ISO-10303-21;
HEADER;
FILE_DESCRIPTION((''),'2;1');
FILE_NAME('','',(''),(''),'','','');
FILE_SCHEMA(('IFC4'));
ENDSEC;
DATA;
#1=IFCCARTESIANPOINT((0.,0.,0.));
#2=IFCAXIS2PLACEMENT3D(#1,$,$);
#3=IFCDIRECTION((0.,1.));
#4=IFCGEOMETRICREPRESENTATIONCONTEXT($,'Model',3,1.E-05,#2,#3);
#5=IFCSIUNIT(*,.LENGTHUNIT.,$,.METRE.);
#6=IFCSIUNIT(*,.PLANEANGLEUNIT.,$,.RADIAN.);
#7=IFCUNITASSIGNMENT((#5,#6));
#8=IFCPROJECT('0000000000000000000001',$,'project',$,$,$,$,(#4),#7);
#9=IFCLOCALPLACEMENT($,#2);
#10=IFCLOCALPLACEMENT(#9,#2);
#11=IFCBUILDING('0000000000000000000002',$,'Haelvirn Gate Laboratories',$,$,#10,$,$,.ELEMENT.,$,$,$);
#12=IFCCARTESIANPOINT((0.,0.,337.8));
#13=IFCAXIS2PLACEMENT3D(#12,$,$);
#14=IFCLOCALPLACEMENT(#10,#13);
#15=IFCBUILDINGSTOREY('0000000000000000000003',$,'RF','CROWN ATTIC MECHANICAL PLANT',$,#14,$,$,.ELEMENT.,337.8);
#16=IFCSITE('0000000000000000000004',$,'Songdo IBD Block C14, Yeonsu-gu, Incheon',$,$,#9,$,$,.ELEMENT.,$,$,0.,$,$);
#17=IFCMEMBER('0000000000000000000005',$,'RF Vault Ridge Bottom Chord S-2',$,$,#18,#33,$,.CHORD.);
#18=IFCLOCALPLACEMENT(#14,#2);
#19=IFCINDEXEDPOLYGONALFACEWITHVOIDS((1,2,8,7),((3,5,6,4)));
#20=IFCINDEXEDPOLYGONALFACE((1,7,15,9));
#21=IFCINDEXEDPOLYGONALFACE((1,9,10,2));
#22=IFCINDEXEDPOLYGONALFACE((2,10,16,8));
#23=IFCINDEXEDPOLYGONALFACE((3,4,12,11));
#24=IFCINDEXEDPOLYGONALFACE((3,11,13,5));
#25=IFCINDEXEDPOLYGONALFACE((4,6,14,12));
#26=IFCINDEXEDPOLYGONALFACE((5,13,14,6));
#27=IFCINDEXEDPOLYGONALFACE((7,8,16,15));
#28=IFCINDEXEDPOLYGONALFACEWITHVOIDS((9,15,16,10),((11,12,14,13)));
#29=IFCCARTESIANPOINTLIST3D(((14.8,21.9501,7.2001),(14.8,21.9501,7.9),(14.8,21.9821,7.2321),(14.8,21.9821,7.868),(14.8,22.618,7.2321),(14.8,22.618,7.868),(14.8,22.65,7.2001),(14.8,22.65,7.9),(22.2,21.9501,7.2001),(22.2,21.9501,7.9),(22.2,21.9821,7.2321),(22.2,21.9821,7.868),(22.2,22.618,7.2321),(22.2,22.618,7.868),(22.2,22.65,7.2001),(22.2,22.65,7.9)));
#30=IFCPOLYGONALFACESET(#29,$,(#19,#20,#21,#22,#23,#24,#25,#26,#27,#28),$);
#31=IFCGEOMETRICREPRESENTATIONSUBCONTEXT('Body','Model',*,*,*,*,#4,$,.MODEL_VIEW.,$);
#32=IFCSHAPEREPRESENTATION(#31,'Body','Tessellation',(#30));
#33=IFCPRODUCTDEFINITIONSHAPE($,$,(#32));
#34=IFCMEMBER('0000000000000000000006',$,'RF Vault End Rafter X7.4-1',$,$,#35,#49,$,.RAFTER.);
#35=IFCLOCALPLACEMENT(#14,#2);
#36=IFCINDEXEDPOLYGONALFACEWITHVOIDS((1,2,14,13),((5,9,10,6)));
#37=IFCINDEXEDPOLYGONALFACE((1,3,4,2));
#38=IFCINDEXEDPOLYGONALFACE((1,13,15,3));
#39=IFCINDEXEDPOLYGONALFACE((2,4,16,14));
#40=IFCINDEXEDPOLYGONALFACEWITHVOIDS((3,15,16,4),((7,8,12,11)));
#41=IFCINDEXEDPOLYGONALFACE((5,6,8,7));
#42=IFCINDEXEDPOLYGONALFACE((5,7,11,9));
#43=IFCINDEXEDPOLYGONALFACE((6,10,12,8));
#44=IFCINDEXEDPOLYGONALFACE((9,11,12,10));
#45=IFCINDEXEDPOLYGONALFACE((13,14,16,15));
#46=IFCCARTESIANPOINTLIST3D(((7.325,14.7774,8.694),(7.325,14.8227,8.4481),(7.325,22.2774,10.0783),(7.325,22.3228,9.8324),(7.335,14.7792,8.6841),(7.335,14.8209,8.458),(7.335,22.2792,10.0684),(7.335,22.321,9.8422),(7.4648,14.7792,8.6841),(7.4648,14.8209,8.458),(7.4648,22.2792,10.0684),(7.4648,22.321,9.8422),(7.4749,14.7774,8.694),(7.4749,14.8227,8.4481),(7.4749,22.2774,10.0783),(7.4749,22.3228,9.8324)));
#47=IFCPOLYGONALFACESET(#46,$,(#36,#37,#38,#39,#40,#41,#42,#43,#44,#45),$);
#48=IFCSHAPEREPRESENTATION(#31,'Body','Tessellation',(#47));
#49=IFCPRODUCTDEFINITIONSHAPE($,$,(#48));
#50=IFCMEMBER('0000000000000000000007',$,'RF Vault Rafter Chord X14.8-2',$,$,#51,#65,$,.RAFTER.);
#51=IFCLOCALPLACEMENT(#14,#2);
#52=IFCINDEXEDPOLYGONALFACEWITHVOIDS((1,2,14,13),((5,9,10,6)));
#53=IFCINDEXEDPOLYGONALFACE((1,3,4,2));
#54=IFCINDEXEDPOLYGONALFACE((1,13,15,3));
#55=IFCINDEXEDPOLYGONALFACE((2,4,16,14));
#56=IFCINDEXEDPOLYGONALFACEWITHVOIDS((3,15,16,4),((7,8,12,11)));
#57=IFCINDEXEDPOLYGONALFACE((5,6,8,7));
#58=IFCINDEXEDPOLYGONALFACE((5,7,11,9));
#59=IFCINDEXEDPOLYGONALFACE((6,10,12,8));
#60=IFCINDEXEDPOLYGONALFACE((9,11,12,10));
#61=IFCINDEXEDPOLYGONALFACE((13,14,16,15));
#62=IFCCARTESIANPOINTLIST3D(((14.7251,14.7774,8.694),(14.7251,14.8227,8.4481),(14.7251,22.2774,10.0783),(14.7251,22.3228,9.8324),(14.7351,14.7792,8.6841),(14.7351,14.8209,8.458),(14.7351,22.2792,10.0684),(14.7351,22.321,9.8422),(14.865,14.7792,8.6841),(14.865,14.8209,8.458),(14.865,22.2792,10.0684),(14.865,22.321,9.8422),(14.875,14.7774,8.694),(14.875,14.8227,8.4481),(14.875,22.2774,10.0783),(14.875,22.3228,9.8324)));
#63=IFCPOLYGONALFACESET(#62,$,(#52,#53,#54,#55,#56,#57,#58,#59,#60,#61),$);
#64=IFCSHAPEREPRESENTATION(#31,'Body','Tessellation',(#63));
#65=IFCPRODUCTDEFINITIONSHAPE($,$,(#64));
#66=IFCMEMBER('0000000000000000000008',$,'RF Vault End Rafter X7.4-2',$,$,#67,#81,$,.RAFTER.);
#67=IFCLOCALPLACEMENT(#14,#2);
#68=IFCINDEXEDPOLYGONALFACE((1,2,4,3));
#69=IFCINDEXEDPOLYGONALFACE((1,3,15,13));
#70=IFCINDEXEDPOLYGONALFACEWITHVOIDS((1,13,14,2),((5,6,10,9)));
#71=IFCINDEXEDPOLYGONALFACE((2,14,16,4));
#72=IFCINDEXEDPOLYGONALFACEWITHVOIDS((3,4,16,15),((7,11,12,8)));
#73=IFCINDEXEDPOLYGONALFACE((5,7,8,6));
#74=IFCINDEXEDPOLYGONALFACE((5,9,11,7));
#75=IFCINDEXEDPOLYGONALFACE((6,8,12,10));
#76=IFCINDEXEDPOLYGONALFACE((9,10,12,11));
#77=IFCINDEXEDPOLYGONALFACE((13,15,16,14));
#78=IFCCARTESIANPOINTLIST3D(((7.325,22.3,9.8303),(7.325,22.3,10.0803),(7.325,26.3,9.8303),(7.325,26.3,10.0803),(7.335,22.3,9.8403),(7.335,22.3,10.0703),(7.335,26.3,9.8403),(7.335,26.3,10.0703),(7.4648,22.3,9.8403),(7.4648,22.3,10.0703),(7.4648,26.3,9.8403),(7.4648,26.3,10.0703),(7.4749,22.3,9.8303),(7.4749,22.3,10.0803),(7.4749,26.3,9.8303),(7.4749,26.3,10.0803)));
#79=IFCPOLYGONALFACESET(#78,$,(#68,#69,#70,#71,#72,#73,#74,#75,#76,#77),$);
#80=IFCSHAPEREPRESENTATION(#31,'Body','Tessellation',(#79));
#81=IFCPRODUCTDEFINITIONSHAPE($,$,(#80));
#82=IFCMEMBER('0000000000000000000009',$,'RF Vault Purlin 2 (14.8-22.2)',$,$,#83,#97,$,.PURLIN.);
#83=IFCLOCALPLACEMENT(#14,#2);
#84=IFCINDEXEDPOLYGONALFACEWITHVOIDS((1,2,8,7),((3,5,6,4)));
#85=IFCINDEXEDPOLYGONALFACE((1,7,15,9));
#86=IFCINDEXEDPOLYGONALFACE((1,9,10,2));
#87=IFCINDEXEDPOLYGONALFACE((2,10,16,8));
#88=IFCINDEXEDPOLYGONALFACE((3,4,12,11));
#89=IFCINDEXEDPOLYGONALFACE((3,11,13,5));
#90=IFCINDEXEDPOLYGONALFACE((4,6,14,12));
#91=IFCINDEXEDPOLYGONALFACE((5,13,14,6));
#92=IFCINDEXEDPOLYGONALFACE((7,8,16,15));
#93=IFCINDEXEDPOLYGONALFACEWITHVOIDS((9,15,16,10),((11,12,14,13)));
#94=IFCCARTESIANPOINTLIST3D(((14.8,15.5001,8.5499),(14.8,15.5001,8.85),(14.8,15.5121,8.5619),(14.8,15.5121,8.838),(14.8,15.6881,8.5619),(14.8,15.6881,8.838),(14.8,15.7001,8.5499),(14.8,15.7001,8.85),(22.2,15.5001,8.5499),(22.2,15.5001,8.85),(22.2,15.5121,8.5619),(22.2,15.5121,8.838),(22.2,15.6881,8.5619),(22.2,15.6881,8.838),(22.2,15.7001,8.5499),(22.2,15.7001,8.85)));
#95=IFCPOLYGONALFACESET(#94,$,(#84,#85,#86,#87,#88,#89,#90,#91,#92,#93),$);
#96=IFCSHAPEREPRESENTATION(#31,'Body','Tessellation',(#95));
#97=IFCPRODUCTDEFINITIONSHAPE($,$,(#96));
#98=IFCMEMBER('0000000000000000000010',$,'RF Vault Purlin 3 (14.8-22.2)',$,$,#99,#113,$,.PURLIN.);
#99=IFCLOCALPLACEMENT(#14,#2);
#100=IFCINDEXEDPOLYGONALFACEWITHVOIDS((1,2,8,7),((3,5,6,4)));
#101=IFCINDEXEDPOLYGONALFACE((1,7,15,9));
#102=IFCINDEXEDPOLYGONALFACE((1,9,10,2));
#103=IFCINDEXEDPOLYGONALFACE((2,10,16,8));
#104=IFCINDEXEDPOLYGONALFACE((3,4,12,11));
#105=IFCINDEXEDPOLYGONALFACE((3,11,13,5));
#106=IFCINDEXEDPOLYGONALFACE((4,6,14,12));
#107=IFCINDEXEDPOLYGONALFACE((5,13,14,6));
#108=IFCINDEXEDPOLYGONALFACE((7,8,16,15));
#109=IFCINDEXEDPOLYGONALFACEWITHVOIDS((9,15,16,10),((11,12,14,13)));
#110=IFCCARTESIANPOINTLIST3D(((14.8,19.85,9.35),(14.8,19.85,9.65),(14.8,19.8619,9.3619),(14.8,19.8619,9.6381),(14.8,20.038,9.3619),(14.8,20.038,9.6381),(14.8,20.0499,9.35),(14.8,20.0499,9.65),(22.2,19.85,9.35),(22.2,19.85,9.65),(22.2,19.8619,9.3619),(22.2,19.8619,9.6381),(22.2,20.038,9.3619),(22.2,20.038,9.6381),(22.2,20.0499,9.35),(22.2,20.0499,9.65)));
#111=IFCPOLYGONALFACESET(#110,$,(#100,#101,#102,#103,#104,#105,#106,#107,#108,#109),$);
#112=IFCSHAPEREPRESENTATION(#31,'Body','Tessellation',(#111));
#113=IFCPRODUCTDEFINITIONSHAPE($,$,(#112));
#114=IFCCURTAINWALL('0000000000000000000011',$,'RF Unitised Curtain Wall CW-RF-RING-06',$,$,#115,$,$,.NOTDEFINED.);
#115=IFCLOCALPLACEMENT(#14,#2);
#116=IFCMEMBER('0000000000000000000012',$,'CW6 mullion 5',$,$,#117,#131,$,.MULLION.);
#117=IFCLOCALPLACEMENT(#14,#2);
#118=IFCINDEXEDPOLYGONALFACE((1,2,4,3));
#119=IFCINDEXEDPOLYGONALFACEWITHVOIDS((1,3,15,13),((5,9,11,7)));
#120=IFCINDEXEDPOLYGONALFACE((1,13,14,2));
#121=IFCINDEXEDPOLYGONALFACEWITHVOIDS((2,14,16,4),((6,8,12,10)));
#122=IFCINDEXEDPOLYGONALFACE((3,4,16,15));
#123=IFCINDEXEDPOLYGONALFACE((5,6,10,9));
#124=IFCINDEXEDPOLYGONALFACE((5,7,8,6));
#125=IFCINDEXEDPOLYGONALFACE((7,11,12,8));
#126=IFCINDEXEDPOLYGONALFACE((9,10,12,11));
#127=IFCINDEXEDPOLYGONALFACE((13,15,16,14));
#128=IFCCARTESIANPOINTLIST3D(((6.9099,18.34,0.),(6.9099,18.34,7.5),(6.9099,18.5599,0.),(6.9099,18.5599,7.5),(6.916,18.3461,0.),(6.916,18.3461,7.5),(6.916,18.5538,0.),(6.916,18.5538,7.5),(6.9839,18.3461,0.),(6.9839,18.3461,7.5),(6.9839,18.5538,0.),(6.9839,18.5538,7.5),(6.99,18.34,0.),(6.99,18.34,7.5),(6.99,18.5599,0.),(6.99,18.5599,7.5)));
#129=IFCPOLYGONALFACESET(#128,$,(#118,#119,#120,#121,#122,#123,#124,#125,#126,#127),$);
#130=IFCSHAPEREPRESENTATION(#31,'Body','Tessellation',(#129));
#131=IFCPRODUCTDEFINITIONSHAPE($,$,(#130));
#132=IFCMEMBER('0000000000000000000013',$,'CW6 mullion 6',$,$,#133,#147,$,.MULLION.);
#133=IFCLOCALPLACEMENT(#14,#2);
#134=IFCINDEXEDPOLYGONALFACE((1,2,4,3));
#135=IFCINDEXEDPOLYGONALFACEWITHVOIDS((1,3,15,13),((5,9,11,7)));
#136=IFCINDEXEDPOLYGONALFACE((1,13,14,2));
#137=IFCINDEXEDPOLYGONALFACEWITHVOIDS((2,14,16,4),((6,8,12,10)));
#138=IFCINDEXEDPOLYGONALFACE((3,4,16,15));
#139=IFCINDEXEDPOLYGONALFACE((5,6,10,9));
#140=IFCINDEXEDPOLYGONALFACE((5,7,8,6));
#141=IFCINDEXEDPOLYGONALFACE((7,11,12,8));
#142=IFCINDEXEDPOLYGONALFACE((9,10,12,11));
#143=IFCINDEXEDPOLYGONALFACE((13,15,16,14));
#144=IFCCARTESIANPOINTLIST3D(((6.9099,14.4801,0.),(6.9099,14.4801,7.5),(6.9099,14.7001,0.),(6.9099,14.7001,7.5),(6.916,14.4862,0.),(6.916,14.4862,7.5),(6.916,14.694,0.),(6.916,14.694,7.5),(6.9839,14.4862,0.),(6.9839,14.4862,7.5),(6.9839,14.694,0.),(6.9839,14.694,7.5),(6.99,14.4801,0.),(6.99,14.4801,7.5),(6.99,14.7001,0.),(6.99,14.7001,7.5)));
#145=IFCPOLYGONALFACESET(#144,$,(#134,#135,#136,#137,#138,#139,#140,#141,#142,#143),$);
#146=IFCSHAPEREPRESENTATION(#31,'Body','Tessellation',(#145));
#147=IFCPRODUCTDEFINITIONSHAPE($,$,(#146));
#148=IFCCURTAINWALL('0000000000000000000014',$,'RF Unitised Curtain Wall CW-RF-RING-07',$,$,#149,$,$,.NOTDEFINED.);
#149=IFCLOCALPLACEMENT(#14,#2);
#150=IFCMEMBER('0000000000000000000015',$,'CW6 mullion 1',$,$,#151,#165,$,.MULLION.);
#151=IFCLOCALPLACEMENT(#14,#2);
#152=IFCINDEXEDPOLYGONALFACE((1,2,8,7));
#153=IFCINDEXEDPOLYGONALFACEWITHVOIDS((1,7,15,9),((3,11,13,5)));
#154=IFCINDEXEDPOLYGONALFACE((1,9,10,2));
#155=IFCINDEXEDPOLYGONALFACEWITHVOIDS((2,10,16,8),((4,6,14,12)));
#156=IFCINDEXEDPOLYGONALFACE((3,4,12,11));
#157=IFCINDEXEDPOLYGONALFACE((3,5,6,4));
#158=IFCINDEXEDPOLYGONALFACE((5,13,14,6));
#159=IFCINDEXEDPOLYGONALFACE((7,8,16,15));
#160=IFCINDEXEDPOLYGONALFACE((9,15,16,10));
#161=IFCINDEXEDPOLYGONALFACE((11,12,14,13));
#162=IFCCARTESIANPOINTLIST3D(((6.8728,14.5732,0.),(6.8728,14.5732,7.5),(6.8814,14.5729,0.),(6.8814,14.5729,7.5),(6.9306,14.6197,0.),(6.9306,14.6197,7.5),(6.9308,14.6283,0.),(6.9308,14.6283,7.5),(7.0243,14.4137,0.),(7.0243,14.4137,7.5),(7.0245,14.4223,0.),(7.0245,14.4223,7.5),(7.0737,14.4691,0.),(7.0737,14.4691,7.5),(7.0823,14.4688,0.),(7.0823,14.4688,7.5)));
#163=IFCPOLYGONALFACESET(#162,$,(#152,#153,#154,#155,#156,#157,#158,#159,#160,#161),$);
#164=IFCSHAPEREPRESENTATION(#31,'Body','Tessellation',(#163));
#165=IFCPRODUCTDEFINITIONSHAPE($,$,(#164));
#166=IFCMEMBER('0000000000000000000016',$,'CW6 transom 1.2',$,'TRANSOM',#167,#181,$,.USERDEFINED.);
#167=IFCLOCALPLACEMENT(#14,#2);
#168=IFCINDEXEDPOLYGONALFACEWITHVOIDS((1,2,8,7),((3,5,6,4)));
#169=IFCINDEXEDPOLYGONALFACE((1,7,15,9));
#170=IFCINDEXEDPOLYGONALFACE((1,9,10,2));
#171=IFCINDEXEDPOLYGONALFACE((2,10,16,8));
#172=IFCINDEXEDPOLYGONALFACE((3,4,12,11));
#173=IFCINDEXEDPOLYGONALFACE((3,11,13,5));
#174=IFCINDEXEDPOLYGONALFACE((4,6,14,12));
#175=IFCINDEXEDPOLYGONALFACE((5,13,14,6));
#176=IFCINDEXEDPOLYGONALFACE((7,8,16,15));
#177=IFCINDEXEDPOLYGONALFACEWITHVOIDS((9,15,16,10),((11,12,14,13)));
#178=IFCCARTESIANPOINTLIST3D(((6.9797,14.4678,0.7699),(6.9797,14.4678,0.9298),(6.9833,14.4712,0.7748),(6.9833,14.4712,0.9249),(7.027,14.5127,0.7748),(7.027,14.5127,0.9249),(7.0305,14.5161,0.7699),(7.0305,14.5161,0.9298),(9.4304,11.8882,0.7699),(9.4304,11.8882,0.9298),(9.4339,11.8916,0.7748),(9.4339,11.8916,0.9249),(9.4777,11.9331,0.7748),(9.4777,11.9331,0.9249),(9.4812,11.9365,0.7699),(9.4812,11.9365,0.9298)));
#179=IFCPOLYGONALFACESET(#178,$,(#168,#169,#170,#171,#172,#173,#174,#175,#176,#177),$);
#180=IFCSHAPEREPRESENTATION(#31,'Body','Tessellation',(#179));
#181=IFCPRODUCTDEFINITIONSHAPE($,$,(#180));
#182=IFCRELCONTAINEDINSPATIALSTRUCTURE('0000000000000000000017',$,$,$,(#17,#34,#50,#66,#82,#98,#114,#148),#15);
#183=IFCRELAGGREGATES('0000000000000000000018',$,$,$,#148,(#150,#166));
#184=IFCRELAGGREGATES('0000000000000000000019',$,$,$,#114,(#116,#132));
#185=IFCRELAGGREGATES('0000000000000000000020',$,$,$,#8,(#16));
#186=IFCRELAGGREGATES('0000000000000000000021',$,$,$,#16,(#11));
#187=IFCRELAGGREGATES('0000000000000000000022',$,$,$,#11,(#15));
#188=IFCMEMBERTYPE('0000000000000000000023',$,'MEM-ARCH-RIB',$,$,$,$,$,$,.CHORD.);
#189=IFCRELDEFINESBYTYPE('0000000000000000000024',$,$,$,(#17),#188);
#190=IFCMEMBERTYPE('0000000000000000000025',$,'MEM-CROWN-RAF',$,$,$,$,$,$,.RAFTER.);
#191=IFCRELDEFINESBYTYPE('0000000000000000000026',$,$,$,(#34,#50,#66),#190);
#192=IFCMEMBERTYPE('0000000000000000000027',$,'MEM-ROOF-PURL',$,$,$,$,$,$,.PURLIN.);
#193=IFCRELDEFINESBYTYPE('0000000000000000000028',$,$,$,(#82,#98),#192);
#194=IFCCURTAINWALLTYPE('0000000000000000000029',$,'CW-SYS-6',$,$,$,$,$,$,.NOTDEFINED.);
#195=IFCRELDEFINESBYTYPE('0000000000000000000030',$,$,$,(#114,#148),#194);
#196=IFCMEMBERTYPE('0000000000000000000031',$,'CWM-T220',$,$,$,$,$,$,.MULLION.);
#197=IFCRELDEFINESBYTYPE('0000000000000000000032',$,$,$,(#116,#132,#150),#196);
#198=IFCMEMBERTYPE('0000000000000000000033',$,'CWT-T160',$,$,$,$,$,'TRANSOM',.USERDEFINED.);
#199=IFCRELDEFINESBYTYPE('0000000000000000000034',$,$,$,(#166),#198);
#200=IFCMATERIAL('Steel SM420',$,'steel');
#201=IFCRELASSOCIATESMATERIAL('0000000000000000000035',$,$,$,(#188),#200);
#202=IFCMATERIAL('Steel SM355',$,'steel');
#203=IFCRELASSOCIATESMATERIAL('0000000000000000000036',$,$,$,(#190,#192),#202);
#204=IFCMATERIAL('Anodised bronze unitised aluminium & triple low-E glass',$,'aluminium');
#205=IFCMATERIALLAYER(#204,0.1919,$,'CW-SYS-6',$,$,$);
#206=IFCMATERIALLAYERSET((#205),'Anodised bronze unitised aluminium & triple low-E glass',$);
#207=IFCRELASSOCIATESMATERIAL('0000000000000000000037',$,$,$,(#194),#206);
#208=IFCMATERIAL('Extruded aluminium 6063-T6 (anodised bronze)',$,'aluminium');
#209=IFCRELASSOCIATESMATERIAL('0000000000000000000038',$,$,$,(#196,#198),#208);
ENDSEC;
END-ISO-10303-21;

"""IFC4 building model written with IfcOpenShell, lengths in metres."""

from ifc_helpers import new_model, si_unit, direction, frame, origin, origin_2d, place, context, subcontext, project, spatial, hollow_rectangle, extrude, source, transform, mapped, material, layer, layer_set, material_profile, profile_set, type_object, type_shapes, element, aggregate, save


model = new_model("IFC4")

# Units and contexts
model_context = context("Model", 3, precision=1e-05, world=origin(), true_north=direction((0.0, 1.0)))
body_context = subcontext(model_context, "Body", "Model", "MODEL_VIEW")
ifc_project = project(units=[si_unit("LENGTHUNIT", "METRE"), si_unit("PLANEANGLEUNIT", "RADIAN")], contexts=[model_context])

# Site, building, storey
site_placement = place(None, origin())
site = spatial("IfcSite", under=ifc_project, at=site_placement, Name="Songdo IBD Block C14, Yeonsu-gu, Incheon", CompositionType="ELEMENT", RefElevation=0.0)
building_placement = place(site_placement, origin())
building = spatial("IfcBuilding", under=site, at=building_placement, Name="Haelvirn Gate Laboratories", CompositionType="ELEMENT")
storey_placement = place(building_placement, frame((0.0, 0.0, 337.8)))
storey = spatial("IfcBuildingStorey", under=building, at=storey_placement, Name="RF", Description="CROWN ATTIC MECHANICAL PLANT", CompositionType="ELEMENT", Elevation=337.8)

# Shared definitions
ifc_material_1 = material(Name="Steel SM355", Category="steel")

# Shared definitions
ifc_material_2 = material(Name="Steel SM420", Category="steel")

# Members
ifc_material_profile_1 = material_profile(ifc_material_2, hollow_rectangle(XDim=0.7, YDim=0.7, WallThickness=0.032, at=origin_2d()), Name="BOX-700x700x32")
ifc_profile_set_1 = profile_set([ifc_material_profile_1], Name="Steel SM420")
member_type_1 = type_object("IfcMemberType", Name="MEM-ARCH-RIB", PredefinedType="CHORD", material=ifc_profile_set_1)
shared_shape_1 = source(origin(), body_context, "Body", "SweptSolid", [
    extrude(hollow_rectangle(XDim=0.7, YDim=0.7, WallThickness=0.032, at=origin_2d()), origin(), (0.0, 0.0, 1.0), 7.3999),
])
for number, where, z_axis, x_axis, name in (
    (1, (14.8, 22.3, 7.55), (1.0, 0.0, 0.0), (0.0, 1.0, 0.0), "RF Vault Ridge Bottom Chord S-2"),
):
    element("IfcMember", number, at=place(storey_placement, frame(where, z_axis=z_axis, x_axis=x_axis)), inside=storey, type_object=member_type_1, Name=name, PredefinedType="CHORD", context=body_context, shape_type="MappedRepresentation", body=[
        mapped(shared_shape_1, transform((0.0, 0.0, 0.0), scale=1.0)),
    ])
ifc_material_profile_2 = material_profile(ifc_material_1, hollow_rectangle(XDim=0.1499, YDim=0.25, WallThickness=0.01, at=origin_2d()), Name="RHS-250x150x10")
ifc_profile_set_2 = profile_set([ifc_material_profile_2], Name="Steel SM355")
member_type_2 = type_object("IfcMemberType", Name="MEM-CROWN-RAF", PredefinedType="RAFTER", material=ifc_profile_set_2)
shared_shape_2 = source(origin(), body_context, "Body", "SweptSolid", [
    extrude(hollow_rectangle(XDim=0.1499, YDim=0.25, WallThickness=0.01, at=origin_2d()), origin(), (0.0, 0.0, 1.0), 7.6267),
])
for number, where, z_axis, x_axis, name in (
    (2, (7.3999, 14.8, 8.571), (0.0, 0.98339, 0.181505), (-1.0, 0.0, 0.0), "RF Vault End Rafter X7.4-1"),
    (3, (14.8, 14.8, 8.571), (0.0, 0.98339, 0.181505), (-1.0, 0.0, 0.0), "RF Vault Rafter Chord X14.8-2"),
):
    element("IfcMember", number, at=place(storey_placement, frame(where, z_axis=z_axis, x_axis=x_axis)), inside=storey, type_object=member_type_2, Name=name, PredefinedType="RAFTER", context=body_context, shape_type="MappedRepresentation", body=[
        mapped(shared_shape_2, transform((0.0, 0.0, 0.0), scale=1.0)),
    ])
shared_shape_3 = source(origin(), body_context, "Body", "SweptSolid", [
    extrude(hollow_rectangle(XDim=0.1499, YDim=0.25, WallThickness=0.01, at=origin_2d()), origin(), (0.0, 0.0, 1.0), 4.0),
])
type_shapes(member_type_2, [shared_shape_2, shared_shape_3])
member_1_placement = place(storey_placement, frame((7.3999, 22.3, 9.9553), z_axis=(0.0, 1.0, 0.0), x_axis=(-1.0, 0.0, 0.0)))
element("IfcMember", 4, at=member_1_placement, inside=storey, type_object=member_type_2, Name="RF Vault End Rafter X7.4-2", PredefinedType="RAFTER", context=body_context, shape_type="MappedRepresentation", body=[
    mapped(shared_shape_3, transform((0.0, 0.0, 0.0), scale=1.0)),
])
ifc_material_profile_3 = material_profile(ifc_material_1, hollow_rectangle(XDim=0.2, YDim=0.3, WallThickness=0.012, at=origin_2d()), Name="RHS-300x200x12")
ifc_profile_set_3 = profile_set([ifc_material_profile_3], Name="Steel SM355")
member_type_3 = type_object("IfcMemberType", Name="MEM-ROOF-PURL", PredefinedType="PURLIN", material=ifc_profile_set_3)
shared_shape_4 = source(origin(), body_context, "Body", "SweptSolid", [
    extrude(hollow_rectangle(XDim=0.2, YDim=0.3, WallThickness=0.012, at=origin_2d()), origin(), (0.0, 0.0, 1.0), 7.3999),
])
type_shapes(member_type_3, [shared_shape_4])
for number, where, z_axis, x_axis, name in (
    (5, (14.8, 15.6001, 8.7), (1.0, 0.0, 0.0), (0.0, 1.0, 0.0), "RF Vault Purlin 2 (14.8-22.2)"),
    (6, (14.8, 19.95, 9.5), (1.0, 0.0, 0.0), (0.0, 1.0, 0.0), "RF Vault Purlin 3 (14.8-22.2)"),
):
    element("IfcMember", number, at=place(storey_placement, frame(where, z_axis=z_axis, x_axis=x_axis)), inside=storey, type_object=member_type_3, Name=name, PredefinedType="PURLIN", context=body_context, shape_type="MappedRepresentation", body=[
        mapped(shared_shape_4, transform((0.0, 0.0, 0.0), scale=1.0)),
    ])

# Curtain walls, members
ifc_material_3 = material(Name="Anodised bronze unitised aluminium & triple low-E glass", Category="aluminium")
ifc_layer_1 = layer(ifc_material_3, 0.1919, Name="CW-SYS-6")
ifc_layer_set_1 = layer_set([ifc_layer_1], Name="Anodised bronze unitised aluminium & triple low-E glass")
curtain_wall_type = type_object("IfcCurtainWallType", Name="CW-SYS-6", PredefinedType="NOTDEFINED", material=ifc_layer_set_1)
curtain_wall_1_placement = place(storey_placement, origin())
curtain_wall_1 = element("IfcCurtainWall", 7, at=curtain_wall_1_placement, inside=storey, type_object=curtain_wall_type, Name="RF Unitised Curtain Wall CW-RF-RING-06", PredefinedType="NOTDEFINED")
ifc_material_4 = material(Name="Extruded aluminium 6063-T6 (anodised bronze)", Category="aluminium")
ifc_material_profile_4 = material_profile(ifc_material_4, hollow_rectangle(XDim=0.0801, YDim=0.22, WallThickness=0.0061, at=origin_2d()), Name="CWM-220x80x6")
ifc_profile_set_4 = profile_set([ifc_material_profile_4], Name="Extruded aluminium 6063-T6 (anodised bronze)")
member_type_4 = type_object("IfcMemberType", Name="CWM-T220", PredefinedType="MULLION", material=ifc_profile_set_4)
shared_shape_5 = source(origin(), body_context, "Body", "SweptSolid", [
    extrude(hollow_rectangle(XDim=0.0801, YDim=0.22, WallThickness=0.0061, at=origin_2d()), origin(), (0.0, 0.0, 1.0), 7.5),
])
type_shapes(member_type_4, [shared_shape_5])
member_2_placement = place(storey_placement, frame((6.95, 18.45, 0.0), z_axis=(0.0, 0.0, 1.0), x_axis=(1.0, 0.0, 0.0)))
member_2 = element("IfcMember", 8, at=member_2_placement, type_object=member_type_4, Name="CW6 mullion 5", PredefinedType="MULLION", context=body_context, shape_type="MappedRepresentation", body=[
    mapped(shared_shape_5, transform((0.0, 0.0, 0.0), scale=1.0)),
])
member_3_placement = place(storey_placement, frame((6.95, 14.5901, 0.0), z_axis=(0.0, 0.0, 1.0), x_axis=(1.0, 0.0, 0.0)))
member_3 = element("IfcMember", 9, at=member_3_placement, type_object=member_type_4, Name="CW6 mullion 6", PredefinedType="MULLION", context=body_context, shape_type="MappedRepresentation", body=[
    mapped(shared_shape_5, transform((0.0, 0.0, 0.0), scale=1.0)),
])
curtain_wall_2_placement = place(storey_placement, origin())
curtain_wall_2 = element("IfcCurtainWall", 10, at=curtain_wall_2_placement, inside=storey, type_object=curtain_wall_type, Name="RF Unitised Curtain Wall CW-RF-RING-07", PredefinedType="NOTDEFINED")
member_4_placement = place(storey_placement, frame((6.9775, 14.521, 0.0), z_axis=(0.0, 0.0, 1.0), x_axis=(0.724999, 0.688749, 0.0)))
member_4 = element("IfcMember", 11, at=member_4_placement, type_object=member_type_4, Name="CW6 mullion 1", PredefinedType="MULLION", context=body_context, shape_type="MappedRepresentation", body=[
    mapped(shared_shape_5, transform((0.0, 0.0, 0.0), scale=1.0)),
])
ifc_material_profile_5 = material_profile(ifc_material_4, hollow_rectangle(XDim=0.0701, YDim=0.1599, WallThickness=0.0049, at=origin_2d()), Name="CWT-160x70x5")
ifc_profile_set_5 = profile_set([ifc_material_profile_5], Name="Extruded aluminium 6063-T6 (anodised bronze)")
member_type_5 = type_object("IfcMemberType", Name="CWT-T160", ElementType="TRANSOM", PredefinedType="USERDEFINED", material=ifc_profile_set_5)
shared_shape_6 = source(origin(), body_context, "Body", "SweptSolid", [
    extrude(hollow_rectangle(XDim=0.0701, YDim=0.1599, WallThickness=0.0049, at=origin_2d()), origin(), (0.0, 0.0, 1.0), 3.5581),
])
member_5_placement = place(storey_placement, frame((7.0051, 14.4919, 0.8499), z_axis=(0.68876, -0.724989, 0.0), x_axis=(0.724989, 0.68876, 0.0)))
member_5 = element("IfcMember", 12, at=member_5_placement, type_object=member_type_5, Name="CW6 transom 1.2", ObjectType="TRANSOM", PredefinedType="USERDEFINED", context=body_context, shape_type="MappedRepresentation", body=[
    mapped(shared_shape_6, transform((0.0, 0.0, 0.0), scale=1.0)),
])
aggregate(curtain_wall_2, [member_4, member_5])

aggregate(curtain_wall_1, [member_2, member_3])

save(model, "model.ifc")
